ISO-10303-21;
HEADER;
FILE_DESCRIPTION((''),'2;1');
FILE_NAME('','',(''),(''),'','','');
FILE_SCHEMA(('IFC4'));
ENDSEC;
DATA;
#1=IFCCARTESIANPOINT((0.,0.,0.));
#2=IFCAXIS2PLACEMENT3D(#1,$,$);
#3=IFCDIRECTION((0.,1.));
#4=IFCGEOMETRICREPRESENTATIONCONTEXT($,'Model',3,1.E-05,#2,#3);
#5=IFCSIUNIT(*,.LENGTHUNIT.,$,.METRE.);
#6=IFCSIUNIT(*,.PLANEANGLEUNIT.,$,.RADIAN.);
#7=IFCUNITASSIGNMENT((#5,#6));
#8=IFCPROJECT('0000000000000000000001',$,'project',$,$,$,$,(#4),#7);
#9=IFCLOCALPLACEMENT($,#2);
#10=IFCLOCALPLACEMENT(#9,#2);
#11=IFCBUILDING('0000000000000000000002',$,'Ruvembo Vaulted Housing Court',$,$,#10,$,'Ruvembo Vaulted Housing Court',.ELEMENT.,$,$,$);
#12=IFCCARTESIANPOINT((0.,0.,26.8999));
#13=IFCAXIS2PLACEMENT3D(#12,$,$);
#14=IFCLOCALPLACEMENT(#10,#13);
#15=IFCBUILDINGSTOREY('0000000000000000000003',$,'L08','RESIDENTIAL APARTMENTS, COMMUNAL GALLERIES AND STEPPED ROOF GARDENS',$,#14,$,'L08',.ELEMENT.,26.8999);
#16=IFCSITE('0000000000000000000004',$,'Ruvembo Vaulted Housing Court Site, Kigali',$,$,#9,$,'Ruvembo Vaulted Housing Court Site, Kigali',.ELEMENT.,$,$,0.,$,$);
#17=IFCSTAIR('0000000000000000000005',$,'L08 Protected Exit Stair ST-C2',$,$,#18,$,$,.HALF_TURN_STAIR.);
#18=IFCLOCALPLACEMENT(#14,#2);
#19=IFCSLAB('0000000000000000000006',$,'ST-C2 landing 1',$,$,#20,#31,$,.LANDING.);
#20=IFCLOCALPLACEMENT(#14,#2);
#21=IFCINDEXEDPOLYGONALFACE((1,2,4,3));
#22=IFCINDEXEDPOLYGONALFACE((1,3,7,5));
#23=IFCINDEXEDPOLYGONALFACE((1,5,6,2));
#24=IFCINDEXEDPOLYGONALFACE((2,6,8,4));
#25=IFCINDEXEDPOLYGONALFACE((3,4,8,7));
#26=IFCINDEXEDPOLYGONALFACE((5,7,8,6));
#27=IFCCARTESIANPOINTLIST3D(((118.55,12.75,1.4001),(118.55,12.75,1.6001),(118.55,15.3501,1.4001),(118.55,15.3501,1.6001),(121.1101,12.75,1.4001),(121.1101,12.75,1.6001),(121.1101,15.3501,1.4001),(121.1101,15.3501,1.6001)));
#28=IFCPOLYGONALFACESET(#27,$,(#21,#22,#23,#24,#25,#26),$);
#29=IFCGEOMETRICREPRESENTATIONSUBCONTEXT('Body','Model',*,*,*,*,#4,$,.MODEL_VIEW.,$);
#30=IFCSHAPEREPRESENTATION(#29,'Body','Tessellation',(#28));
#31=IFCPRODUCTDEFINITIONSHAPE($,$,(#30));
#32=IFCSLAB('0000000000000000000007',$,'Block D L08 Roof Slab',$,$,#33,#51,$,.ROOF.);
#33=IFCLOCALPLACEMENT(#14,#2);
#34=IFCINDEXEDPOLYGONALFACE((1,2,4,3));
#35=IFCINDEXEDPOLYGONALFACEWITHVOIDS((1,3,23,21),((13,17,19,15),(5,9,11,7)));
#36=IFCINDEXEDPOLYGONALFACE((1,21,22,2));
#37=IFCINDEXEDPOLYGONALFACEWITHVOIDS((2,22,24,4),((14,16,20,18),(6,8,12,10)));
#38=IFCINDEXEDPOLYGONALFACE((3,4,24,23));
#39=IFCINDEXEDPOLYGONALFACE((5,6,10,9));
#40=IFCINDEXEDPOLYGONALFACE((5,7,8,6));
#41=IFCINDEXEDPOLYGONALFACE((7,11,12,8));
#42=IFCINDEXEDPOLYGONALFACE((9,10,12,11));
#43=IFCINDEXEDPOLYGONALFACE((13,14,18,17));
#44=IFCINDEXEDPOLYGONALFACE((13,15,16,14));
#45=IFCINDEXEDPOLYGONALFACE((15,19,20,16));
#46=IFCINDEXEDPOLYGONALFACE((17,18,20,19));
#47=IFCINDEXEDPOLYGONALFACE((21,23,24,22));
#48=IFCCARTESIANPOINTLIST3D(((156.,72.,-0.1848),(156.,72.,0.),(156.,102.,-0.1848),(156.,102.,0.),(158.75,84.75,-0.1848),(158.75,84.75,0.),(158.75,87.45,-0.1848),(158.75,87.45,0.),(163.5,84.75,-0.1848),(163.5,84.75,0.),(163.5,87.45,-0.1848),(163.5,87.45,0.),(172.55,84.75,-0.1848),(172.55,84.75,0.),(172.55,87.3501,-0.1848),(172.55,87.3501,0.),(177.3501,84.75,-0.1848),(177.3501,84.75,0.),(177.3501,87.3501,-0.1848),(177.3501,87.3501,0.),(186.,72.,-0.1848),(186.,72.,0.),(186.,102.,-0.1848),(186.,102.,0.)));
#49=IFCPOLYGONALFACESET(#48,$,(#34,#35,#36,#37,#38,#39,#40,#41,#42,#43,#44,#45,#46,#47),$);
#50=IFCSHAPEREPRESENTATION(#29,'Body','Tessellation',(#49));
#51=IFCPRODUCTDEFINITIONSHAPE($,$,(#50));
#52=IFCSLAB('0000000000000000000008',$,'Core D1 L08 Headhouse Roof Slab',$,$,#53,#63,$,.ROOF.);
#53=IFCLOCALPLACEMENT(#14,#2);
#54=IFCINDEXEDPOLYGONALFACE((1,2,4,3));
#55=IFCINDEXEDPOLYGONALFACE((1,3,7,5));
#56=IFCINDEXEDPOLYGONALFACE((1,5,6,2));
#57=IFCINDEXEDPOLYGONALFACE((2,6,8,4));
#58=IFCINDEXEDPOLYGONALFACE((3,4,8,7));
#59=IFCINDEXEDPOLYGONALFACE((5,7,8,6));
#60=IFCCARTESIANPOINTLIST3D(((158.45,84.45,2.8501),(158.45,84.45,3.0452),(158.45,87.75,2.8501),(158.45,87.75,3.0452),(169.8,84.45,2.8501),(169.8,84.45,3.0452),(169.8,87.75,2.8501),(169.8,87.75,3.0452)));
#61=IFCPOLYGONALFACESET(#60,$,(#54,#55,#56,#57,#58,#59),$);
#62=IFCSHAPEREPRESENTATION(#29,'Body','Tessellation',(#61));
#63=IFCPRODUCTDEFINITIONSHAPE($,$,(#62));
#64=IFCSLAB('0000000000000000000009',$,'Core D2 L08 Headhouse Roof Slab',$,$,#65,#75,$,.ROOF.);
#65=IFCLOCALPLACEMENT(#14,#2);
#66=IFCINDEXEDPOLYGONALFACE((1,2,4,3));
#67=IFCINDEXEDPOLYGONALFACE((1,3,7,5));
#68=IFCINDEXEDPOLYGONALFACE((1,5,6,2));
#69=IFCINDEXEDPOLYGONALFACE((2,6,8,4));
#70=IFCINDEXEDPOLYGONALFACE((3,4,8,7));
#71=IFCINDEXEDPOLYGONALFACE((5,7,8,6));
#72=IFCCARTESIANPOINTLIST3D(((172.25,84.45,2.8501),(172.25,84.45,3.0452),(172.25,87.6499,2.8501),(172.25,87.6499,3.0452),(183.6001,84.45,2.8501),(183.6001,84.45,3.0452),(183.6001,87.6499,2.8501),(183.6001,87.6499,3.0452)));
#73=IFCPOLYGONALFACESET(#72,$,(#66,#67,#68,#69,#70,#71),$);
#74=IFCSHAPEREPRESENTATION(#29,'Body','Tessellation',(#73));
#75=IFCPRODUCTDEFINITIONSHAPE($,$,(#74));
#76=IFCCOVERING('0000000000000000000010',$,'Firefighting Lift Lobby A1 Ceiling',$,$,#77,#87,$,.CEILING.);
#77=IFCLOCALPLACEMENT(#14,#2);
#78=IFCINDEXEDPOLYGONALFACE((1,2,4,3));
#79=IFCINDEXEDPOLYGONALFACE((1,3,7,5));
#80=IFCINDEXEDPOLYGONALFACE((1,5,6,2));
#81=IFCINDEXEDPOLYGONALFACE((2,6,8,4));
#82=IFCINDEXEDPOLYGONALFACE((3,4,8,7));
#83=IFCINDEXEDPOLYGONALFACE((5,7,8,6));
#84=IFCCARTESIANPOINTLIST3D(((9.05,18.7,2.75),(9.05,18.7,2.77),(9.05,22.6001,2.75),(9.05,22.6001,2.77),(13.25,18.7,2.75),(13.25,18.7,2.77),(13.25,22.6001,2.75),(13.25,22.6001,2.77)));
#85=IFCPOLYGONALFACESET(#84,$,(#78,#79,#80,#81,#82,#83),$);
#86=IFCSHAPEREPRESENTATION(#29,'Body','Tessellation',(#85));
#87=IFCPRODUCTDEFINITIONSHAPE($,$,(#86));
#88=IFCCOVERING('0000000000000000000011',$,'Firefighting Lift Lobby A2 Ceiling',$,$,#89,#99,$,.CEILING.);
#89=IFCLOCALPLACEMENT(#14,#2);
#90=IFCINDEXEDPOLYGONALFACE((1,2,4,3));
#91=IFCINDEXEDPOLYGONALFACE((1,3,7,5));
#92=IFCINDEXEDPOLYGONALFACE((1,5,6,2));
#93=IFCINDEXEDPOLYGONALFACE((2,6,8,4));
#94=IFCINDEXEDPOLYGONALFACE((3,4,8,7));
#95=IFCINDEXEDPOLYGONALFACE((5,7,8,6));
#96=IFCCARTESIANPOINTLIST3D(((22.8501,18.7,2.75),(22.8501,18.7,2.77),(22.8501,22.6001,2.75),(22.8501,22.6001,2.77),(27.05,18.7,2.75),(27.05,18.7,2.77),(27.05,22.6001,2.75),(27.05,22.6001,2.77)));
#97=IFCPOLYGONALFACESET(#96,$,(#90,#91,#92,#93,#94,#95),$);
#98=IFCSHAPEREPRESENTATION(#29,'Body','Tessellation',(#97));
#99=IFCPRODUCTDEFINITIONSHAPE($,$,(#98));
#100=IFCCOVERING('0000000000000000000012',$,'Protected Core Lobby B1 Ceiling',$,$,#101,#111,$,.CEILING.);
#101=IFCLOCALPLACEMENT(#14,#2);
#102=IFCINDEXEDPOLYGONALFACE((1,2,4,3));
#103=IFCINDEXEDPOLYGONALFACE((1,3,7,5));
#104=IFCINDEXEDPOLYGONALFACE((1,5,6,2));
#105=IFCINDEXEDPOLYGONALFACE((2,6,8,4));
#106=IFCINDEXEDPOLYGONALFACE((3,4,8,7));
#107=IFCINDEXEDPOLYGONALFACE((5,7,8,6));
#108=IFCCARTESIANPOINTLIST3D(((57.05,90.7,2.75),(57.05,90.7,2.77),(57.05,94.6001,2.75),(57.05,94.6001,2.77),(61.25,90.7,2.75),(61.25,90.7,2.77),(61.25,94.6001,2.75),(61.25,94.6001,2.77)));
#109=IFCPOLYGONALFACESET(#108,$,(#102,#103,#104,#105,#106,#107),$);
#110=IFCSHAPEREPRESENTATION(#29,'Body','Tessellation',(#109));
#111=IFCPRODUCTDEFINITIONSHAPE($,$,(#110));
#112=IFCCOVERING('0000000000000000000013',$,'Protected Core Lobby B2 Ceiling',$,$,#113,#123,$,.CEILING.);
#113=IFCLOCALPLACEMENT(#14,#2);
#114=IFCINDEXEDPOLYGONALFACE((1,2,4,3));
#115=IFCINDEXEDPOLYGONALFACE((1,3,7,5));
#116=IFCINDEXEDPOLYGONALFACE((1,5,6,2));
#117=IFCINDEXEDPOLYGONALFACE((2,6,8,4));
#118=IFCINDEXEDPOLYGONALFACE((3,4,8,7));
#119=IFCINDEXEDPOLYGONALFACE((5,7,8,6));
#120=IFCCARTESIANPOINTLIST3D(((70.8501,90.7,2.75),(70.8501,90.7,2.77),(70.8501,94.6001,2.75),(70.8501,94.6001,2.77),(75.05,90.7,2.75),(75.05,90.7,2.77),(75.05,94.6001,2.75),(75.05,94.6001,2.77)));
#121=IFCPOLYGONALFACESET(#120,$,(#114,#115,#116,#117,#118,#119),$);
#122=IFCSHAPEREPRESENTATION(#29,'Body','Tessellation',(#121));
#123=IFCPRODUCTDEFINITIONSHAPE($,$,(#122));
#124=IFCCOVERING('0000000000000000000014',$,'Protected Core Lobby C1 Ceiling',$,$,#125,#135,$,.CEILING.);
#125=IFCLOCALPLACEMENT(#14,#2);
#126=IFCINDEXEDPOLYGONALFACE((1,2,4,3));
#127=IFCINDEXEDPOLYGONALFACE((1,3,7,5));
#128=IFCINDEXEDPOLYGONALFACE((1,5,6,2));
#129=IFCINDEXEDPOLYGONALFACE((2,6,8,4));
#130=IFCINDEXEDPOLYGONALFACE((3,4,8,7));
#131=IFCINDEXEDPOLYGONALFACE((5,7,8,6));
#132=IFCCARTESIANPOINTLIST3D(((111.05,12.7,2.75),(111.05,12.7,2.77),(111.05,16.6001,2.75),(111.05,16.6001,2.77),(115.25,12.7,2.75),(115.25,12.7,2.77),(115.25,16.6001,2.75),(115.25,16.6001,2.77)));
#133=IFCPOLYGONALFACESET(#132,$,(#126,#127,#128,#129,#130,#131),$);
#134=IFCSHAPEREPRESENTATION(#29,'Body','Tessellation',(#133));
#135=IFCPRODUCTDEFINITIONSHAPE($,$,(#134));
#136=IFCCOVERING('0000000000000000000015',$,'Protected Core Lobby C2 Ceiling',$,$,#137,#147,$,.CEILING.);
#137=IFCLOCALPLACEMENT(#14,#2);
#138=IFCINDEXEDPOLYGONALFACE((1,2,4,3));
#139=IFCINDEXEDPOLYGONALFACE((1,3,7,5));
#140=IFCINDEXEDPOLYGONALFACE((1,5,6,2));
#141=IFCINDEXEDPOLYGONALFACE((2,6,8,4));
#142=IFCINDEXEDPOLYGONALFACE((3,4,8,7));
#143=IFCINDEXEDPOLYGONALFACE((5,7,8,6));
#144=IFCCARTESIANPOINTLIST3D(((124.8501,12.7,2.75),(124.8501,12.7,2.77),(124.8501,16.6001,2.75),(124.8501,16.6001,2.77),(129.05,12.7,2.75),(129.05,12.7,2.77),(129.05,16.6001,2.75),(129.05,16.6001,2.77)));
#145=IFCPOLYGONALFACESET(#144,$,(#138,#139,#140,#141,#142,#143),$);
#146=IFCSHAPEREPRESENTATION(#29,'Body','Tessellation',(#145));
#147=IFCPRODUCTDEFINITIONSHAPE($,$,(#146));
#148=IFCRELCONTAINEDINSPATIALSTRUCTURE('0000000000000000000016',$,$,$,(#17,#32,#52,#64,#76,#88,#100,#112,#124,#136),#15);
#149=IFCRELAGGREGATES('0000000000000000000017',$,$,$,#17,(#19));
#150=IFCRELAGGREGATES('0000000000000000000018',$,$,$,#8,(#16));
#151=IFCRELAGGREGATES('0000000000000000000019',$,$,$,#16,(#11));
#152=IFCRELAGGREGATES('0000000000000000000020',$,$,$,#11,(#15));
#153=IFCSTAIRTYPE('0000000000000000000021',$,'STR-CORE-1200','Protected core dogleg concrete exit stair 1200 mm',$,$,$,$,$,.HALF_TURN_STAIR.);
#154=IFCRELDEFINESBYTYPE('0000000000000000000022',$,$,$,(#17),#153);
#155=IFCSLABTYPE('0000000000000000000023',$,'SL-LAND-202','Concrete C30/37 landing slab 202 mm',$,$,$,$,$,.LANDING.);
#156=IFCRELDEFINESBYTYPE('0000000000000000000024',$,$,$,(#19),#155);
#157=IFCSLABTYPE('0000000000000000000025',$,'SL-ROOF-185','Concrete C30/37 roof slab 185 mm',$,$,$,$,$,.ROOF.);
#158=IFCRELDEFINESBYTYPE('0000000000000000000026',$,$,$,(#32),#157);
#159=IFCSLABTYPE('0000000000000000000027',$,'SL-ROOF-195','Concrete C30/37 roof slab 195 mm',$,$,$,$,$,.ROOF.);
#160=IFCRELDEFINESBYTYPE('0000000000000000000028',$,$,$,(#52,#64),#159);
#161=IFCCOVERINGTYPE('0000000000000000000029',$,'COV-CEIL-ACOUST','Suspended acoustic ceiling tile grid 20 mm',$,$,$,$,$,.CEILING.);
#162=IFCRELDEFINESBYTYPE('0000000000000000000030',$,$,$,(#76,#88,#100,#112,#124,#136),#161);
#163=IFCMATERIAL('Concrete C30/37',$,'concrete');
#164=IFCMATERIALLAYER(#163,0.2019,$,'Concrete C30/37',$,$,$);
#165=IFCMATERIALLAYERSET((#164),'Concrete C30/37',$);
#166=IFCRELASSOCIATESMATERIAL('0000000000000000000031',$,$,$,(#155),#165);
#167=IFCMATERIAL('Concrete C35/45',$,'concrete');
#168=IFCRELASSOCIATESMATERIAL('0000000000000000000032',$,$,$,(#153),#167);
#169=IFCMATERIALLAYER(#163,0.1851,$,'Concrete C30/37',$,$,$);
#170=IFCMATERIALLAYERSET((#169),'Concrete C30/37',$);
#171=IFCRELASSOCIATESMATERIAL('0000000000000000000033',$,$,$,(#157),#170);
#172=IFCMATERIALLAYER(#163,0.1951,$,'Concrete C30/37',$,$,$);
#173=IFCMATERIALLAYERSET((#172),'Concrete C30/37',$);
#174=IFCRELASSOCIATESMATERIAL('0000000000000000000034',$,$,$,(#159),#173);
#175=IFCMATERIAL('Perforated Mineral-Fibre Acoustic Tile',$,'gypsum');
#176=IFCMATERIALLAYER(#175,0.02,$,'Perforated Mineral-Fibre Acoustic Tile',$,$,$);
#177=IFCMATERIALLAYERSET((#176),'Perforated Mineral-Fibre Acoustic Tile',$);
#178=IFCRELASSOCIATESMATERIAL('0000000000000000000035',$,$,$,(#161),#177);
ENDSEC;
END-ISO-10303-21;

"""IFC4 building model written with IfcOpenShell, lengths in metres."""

from ifc_helpers import new_model, si_unit, direction, frame, origin, place, context, subcontext, project, spatial, polyline, outline, extrude, material, layer, layer_set, type_object, element, aggregate, save


model = new_model("IFC4")

# Units and contexts
model_context = context("Model", 3, precision=1e-05, world=origin(), true_north=direction((0.0, 1.0)))
body_context = subcontext(model_context, "Body", "Model", "MODEL_VIEW")
ifc_project = project(units=[si_unit("LENGTHUNIT", "METRE"), si_unit("PLANEANGLEUNIT", "RADIAN")], contexts=[model_context])

# Site, building, storey
site_placement = place(None, origin())
site = spatial("IfcSite", under=ifc_project, at=site_placement, Name="Ruvembo Vaulted Housing Court Site, Kigali", LongName="Ruvembo Vaulted Housing Court Site, Kigali", CompositionType="ELEMENT", RefElevation=0.0)
building_placement = place(site_placement, origin())
building = spatial("IfcBuilding", under=site, at=building_placement, Name="Ruvembo Vaulted Housing Court", LongName="Ruvembo Vaulted Housing Court", CompositionType="ELEMENT")
storey_placement = place(building_placement, frame((0.0, 0.0, 26.8999)))
storey = spatial("IfcBuildingStorey", under=building, at=storey_placement, Name="L08", Description="RESIDENTIAL APARTMENTS, COMMUNAL GALLERIES AND STEPPED ROOF GARDENS", LongName="L08", CompositionType="ELEMENT", Elevation=26.8999)

# Shared definitions
ifc_material_1 = material(Name="Concrete C30/37", Category="concrete")

# Stair, slab
ifc_material_2 = material(Name="Concrete C35/45", Category="concrete")
ifc_layer_1 = layer(ifc_material_1, 0.2019, Name="Concrete C30/37")
ifc_layer_set_1 = layer_set([ifc_layer_1], Name="Concrete C30/37")
slab_type_1 = type_object("IfcSlabType", Name="SL-LAND-202", Description="Concrete C30/37 landing slab 202 mm", PredefinedType="LANDING", material=ifc_layer_set_1)
stair_type_1 = type_object("IfcStairType", Name="STR-CORE-1200", Description="Protected core dogleg concrete exit stair 1200 mm", PredefinedType="HALF_TURN_STAIR", material=ifc_material_2)
stair_1_placement = place(storey_placement, origin())
stair_1 = element("IfcStair", 1, at=stair_1_placement, inside=storey, type_object=stair_type_1, Name="L08 Protected Exit Stair ST-C2", PredefinedType="HALF_TURN_STAIR")
slab_1_placement = place(storey_placement, frame((0.0, 0.0, 1.4001)))
slab_1 = element("IfcSlab", 2, at=slab_1_placement, type_object=slab_type_1, Name="ST-C2 landing 1", PredefinedType="LANDING", context=body_context, shape_type="SweptSolid", body=[
    extrude(outline(polyline([(121.1101, 15.3501), (118.55, 15.3501), (118.55, 12.75), (121.1101, 12.75), (121.1101, 15.3501)])), origin(), (0.0, 0.0, 1.0), 0.2),
])
aggregate(stair_1, [slab_1])

# Slabs
ifc_layer_2 = layer(ifc_material_1, 0.1851, Name="Concrete C30/37")
ifc_layer_set_2 = layer_set([ifc_layer_2], Name="Concrete C30/37")
slab_type_2 = type_object("IfcSlabType", Name="SL-ROOF-185", Description="Concrete C30/37 roof slab 185 mm", PredefinedType="ROOF", material=ifc_layer_set_2)
slab_2_placement = place(storey_placement, frame((0.0, 0.0, -0.1848)))
element("IfcSlab", 3, at=slab_2_placement, inside=storey, type_object=slab_type_2, Name="Block D L08 Roof Slab", PredefinedType="ROOF", context=body_context, shape_type="SweptSolid", body=[
    extrude(outline(polyline([(186.0, 72.0), (186.0, 102.0), (156.0, 102.0), (156.0, 72.0), (186.0, 72.0)]), holes=[polyline([(163.5, 87.45), (158.75, 87.45), (158.75, 84.75), (163.5, 84.75), (163.5, 87.45)]), polyline([(177.3501, 87.3501), (172.55, 87.3501), (172.55, 84.75), (177.3501, 84.75), (177.3501, 87.3501)])]), origin(), (0.0, 0.0, 1.0), 0.1848),
])
ifc_layer_3 = layer(ifc_material_1, 0.1951, Name="Concrete C30/37")
ifc_layer_set_3 = layer_set([ifc_layer_3], Name="Concrete C30/37")
slab_type_3 = type_object("IfcSlabType", Name="SL-ROOF-195", Description="Concrete C30/37 roof slab 195 mm", PredefinedType="ROOF", material=ifc_layer_set_3)
slab_3_placement = place(storey_placement, frame((0.0, 0.0, 2.8501)))
element("IfcSlab", 4, at=slab_3_placement, inside=storey, type_object=slab_type_3, Name="Core D1 L08 Headhouse Roof Slab", PredefinedType="ROOF", context=body_context, shape_type="SweptSolid", body=[
    extrude(outline(polyline([(158.45, 84.45), (169.8, 84.45), (169.8, 87.75), (158.45, 87.75), (158.45, 84.45)])), origin(), (0.0, 0.0, 1.0), 0.1951),
])
slab_4_placement = place(storey_placement, frame((0.0, 0.0, 2.8501)))
element("IfcSlab", 5, at=slab_4_placement, inside=storey, type_object=slab_type_3, Name="Core D2 L08 Headhouse Roof Slab", PredefinedType="ROOF", context=body_context, shape_type="SweptSolid", body=[
    extrude(outline(polyline([(172.25, 84.45), (183.6001, 84.45), (183.6001, 87.6499), (172.25, 87.6499), (172.25, 84.45)])), origin(), (0.0, 0.0, 1.0), 0.1951),
])

# Coverings
ifc_material_3 = material(Name="Perforated Mineral-Fibre Acoustic Tile", Category="gypsum")
ifc_layer_4 = layer(ifc_material_3, 0.02, Name="Perforated Mineral-Fibre Acoustic Tile")
ifc_layer_set_4 = layer_set([ifc_layer_4], Name="Perforated Mineral-Fibre Acoustic Tile")
covering_type_1 = type_object("IfcCoveringType", Name="COV-CEIL-ACOUST", Description="Suspended acoustic ceiling tile grid 20 mm", PredefinedType="CEILING", material=ifc_layer_set_4)
covering_1_placement = place(storey_placement, frame((0.0, 0.0, 2.75)))
element("IfcCovering", 6, at=covering_1_placement, inside=storey, type_object=covering_type_1, Name="Firefighting Lift Lobby A1 Ceiling", PredefinedType="CEILING", context=body_context, shape_type="SweptSolid", body=[
    extrude(outline(polyline([(13.25, 22.6001), (9.05, 22.6001), (9.05, 18.7), (13.25, 18.7), (13.25, 22.6001)])), origin(), (0.0, 0.0, 1.0), 0.02),
])
covering_2_placement = place(storey_placement, frame((0.0, 0.0, 2.75)))
element("IfcCovering", 7, at=covering_2_placement, inside=storey, type_object=covering_type_1, Name="Firefighting Lift Lobby A2 Ceiling", PredefinedType="CEILING", context=body_context, shape_type="SweptSolid", body=[
    extrude(outline(polyline([(27.05, 22.6001), (22.8501, 22.6001), (22.8501, 18.7), (27.05, 18.7), (27.05, 22.6001)])), origin(), (0.0, 0.0, 1.0), 0.02),
])
covering_3_placement = place(storey_placement, frame((0.0, 0.0, 2.75)))
element("IfcCovering", 8, at=covering_3_placement, inside=storey, type_object=covering_type_1, Name="Protected Core Lobby B1 Ceiling", PredefinedType="CEILING", context=body_context, shape_type="SweptSolid", body=[
    extrude(outline(polyline([(61.25, 94.6001), (57.05, 94.6001), (57.05, 90.7), (61.25, 90.7), (61.25, 94.6001)])), origin(), (0.0, 0.0, 1.0), 0.02),
])
covering_4_placement = place(storey_placement, frame((0.0, 0.0, 2.75)))
element("IfcCovering", 9, at=covering_4_placement, inside=storey, type_object=covering_type_1, Name="Protected Core Lobby B2 Ceiling", PredefinedType="CEILING", context=body_context, shape_type="SweptSolid", body=[
    extrude(outline(polyline([(75.05, 94.6001), (70.8501, 94.6001), (70.8501, 90.7), (75.05, 90.7), (75.05, 94.6001)])), origin(), (0.0, 0.0, 1.0), 0.02),
])
covering_5_placement = place(storey_placement, frame((0.0, 0.0, 2.75)))
element("IfcCovering", 10, at=covering_5_placement, inside=storey, type_object=covering_type_1, Name="Protected Core Lobby C1 Ceiling", PredefinedType="CEILING", context=body_context, shape_type="SweptSolid", body=[
    extrude(outline(polyline([(115.25, 16.6001), (111.05, 16.6001), (111.05, 12.7), (115.25, 12.7), (115.25, 16.6001)])), origin(), (0.0, 0.0, 1.0), 0.02),
])
covering_6_placement = place(storey_placement, frame((0.0, 0.0, 2.75)))
element("IfcCovering", 11, at=covering_6_placement, inside=storey, type_object=covering_type_1, Name="Protected Core Lobby C2 Ceiling", PredefinedType="CEILING", context=body_context, shape_type="SweptSolid", body=[
    extrude(outline(polyline([(129.05, 16.6001), (124.8501, 16.6001), (124.8501, 12.7), (129.05, 12.7), (129.05, 16.6001)])), origin(), (0.0, 0.0, 1.0), 0.02),
])

save(model, "model.ifc")
